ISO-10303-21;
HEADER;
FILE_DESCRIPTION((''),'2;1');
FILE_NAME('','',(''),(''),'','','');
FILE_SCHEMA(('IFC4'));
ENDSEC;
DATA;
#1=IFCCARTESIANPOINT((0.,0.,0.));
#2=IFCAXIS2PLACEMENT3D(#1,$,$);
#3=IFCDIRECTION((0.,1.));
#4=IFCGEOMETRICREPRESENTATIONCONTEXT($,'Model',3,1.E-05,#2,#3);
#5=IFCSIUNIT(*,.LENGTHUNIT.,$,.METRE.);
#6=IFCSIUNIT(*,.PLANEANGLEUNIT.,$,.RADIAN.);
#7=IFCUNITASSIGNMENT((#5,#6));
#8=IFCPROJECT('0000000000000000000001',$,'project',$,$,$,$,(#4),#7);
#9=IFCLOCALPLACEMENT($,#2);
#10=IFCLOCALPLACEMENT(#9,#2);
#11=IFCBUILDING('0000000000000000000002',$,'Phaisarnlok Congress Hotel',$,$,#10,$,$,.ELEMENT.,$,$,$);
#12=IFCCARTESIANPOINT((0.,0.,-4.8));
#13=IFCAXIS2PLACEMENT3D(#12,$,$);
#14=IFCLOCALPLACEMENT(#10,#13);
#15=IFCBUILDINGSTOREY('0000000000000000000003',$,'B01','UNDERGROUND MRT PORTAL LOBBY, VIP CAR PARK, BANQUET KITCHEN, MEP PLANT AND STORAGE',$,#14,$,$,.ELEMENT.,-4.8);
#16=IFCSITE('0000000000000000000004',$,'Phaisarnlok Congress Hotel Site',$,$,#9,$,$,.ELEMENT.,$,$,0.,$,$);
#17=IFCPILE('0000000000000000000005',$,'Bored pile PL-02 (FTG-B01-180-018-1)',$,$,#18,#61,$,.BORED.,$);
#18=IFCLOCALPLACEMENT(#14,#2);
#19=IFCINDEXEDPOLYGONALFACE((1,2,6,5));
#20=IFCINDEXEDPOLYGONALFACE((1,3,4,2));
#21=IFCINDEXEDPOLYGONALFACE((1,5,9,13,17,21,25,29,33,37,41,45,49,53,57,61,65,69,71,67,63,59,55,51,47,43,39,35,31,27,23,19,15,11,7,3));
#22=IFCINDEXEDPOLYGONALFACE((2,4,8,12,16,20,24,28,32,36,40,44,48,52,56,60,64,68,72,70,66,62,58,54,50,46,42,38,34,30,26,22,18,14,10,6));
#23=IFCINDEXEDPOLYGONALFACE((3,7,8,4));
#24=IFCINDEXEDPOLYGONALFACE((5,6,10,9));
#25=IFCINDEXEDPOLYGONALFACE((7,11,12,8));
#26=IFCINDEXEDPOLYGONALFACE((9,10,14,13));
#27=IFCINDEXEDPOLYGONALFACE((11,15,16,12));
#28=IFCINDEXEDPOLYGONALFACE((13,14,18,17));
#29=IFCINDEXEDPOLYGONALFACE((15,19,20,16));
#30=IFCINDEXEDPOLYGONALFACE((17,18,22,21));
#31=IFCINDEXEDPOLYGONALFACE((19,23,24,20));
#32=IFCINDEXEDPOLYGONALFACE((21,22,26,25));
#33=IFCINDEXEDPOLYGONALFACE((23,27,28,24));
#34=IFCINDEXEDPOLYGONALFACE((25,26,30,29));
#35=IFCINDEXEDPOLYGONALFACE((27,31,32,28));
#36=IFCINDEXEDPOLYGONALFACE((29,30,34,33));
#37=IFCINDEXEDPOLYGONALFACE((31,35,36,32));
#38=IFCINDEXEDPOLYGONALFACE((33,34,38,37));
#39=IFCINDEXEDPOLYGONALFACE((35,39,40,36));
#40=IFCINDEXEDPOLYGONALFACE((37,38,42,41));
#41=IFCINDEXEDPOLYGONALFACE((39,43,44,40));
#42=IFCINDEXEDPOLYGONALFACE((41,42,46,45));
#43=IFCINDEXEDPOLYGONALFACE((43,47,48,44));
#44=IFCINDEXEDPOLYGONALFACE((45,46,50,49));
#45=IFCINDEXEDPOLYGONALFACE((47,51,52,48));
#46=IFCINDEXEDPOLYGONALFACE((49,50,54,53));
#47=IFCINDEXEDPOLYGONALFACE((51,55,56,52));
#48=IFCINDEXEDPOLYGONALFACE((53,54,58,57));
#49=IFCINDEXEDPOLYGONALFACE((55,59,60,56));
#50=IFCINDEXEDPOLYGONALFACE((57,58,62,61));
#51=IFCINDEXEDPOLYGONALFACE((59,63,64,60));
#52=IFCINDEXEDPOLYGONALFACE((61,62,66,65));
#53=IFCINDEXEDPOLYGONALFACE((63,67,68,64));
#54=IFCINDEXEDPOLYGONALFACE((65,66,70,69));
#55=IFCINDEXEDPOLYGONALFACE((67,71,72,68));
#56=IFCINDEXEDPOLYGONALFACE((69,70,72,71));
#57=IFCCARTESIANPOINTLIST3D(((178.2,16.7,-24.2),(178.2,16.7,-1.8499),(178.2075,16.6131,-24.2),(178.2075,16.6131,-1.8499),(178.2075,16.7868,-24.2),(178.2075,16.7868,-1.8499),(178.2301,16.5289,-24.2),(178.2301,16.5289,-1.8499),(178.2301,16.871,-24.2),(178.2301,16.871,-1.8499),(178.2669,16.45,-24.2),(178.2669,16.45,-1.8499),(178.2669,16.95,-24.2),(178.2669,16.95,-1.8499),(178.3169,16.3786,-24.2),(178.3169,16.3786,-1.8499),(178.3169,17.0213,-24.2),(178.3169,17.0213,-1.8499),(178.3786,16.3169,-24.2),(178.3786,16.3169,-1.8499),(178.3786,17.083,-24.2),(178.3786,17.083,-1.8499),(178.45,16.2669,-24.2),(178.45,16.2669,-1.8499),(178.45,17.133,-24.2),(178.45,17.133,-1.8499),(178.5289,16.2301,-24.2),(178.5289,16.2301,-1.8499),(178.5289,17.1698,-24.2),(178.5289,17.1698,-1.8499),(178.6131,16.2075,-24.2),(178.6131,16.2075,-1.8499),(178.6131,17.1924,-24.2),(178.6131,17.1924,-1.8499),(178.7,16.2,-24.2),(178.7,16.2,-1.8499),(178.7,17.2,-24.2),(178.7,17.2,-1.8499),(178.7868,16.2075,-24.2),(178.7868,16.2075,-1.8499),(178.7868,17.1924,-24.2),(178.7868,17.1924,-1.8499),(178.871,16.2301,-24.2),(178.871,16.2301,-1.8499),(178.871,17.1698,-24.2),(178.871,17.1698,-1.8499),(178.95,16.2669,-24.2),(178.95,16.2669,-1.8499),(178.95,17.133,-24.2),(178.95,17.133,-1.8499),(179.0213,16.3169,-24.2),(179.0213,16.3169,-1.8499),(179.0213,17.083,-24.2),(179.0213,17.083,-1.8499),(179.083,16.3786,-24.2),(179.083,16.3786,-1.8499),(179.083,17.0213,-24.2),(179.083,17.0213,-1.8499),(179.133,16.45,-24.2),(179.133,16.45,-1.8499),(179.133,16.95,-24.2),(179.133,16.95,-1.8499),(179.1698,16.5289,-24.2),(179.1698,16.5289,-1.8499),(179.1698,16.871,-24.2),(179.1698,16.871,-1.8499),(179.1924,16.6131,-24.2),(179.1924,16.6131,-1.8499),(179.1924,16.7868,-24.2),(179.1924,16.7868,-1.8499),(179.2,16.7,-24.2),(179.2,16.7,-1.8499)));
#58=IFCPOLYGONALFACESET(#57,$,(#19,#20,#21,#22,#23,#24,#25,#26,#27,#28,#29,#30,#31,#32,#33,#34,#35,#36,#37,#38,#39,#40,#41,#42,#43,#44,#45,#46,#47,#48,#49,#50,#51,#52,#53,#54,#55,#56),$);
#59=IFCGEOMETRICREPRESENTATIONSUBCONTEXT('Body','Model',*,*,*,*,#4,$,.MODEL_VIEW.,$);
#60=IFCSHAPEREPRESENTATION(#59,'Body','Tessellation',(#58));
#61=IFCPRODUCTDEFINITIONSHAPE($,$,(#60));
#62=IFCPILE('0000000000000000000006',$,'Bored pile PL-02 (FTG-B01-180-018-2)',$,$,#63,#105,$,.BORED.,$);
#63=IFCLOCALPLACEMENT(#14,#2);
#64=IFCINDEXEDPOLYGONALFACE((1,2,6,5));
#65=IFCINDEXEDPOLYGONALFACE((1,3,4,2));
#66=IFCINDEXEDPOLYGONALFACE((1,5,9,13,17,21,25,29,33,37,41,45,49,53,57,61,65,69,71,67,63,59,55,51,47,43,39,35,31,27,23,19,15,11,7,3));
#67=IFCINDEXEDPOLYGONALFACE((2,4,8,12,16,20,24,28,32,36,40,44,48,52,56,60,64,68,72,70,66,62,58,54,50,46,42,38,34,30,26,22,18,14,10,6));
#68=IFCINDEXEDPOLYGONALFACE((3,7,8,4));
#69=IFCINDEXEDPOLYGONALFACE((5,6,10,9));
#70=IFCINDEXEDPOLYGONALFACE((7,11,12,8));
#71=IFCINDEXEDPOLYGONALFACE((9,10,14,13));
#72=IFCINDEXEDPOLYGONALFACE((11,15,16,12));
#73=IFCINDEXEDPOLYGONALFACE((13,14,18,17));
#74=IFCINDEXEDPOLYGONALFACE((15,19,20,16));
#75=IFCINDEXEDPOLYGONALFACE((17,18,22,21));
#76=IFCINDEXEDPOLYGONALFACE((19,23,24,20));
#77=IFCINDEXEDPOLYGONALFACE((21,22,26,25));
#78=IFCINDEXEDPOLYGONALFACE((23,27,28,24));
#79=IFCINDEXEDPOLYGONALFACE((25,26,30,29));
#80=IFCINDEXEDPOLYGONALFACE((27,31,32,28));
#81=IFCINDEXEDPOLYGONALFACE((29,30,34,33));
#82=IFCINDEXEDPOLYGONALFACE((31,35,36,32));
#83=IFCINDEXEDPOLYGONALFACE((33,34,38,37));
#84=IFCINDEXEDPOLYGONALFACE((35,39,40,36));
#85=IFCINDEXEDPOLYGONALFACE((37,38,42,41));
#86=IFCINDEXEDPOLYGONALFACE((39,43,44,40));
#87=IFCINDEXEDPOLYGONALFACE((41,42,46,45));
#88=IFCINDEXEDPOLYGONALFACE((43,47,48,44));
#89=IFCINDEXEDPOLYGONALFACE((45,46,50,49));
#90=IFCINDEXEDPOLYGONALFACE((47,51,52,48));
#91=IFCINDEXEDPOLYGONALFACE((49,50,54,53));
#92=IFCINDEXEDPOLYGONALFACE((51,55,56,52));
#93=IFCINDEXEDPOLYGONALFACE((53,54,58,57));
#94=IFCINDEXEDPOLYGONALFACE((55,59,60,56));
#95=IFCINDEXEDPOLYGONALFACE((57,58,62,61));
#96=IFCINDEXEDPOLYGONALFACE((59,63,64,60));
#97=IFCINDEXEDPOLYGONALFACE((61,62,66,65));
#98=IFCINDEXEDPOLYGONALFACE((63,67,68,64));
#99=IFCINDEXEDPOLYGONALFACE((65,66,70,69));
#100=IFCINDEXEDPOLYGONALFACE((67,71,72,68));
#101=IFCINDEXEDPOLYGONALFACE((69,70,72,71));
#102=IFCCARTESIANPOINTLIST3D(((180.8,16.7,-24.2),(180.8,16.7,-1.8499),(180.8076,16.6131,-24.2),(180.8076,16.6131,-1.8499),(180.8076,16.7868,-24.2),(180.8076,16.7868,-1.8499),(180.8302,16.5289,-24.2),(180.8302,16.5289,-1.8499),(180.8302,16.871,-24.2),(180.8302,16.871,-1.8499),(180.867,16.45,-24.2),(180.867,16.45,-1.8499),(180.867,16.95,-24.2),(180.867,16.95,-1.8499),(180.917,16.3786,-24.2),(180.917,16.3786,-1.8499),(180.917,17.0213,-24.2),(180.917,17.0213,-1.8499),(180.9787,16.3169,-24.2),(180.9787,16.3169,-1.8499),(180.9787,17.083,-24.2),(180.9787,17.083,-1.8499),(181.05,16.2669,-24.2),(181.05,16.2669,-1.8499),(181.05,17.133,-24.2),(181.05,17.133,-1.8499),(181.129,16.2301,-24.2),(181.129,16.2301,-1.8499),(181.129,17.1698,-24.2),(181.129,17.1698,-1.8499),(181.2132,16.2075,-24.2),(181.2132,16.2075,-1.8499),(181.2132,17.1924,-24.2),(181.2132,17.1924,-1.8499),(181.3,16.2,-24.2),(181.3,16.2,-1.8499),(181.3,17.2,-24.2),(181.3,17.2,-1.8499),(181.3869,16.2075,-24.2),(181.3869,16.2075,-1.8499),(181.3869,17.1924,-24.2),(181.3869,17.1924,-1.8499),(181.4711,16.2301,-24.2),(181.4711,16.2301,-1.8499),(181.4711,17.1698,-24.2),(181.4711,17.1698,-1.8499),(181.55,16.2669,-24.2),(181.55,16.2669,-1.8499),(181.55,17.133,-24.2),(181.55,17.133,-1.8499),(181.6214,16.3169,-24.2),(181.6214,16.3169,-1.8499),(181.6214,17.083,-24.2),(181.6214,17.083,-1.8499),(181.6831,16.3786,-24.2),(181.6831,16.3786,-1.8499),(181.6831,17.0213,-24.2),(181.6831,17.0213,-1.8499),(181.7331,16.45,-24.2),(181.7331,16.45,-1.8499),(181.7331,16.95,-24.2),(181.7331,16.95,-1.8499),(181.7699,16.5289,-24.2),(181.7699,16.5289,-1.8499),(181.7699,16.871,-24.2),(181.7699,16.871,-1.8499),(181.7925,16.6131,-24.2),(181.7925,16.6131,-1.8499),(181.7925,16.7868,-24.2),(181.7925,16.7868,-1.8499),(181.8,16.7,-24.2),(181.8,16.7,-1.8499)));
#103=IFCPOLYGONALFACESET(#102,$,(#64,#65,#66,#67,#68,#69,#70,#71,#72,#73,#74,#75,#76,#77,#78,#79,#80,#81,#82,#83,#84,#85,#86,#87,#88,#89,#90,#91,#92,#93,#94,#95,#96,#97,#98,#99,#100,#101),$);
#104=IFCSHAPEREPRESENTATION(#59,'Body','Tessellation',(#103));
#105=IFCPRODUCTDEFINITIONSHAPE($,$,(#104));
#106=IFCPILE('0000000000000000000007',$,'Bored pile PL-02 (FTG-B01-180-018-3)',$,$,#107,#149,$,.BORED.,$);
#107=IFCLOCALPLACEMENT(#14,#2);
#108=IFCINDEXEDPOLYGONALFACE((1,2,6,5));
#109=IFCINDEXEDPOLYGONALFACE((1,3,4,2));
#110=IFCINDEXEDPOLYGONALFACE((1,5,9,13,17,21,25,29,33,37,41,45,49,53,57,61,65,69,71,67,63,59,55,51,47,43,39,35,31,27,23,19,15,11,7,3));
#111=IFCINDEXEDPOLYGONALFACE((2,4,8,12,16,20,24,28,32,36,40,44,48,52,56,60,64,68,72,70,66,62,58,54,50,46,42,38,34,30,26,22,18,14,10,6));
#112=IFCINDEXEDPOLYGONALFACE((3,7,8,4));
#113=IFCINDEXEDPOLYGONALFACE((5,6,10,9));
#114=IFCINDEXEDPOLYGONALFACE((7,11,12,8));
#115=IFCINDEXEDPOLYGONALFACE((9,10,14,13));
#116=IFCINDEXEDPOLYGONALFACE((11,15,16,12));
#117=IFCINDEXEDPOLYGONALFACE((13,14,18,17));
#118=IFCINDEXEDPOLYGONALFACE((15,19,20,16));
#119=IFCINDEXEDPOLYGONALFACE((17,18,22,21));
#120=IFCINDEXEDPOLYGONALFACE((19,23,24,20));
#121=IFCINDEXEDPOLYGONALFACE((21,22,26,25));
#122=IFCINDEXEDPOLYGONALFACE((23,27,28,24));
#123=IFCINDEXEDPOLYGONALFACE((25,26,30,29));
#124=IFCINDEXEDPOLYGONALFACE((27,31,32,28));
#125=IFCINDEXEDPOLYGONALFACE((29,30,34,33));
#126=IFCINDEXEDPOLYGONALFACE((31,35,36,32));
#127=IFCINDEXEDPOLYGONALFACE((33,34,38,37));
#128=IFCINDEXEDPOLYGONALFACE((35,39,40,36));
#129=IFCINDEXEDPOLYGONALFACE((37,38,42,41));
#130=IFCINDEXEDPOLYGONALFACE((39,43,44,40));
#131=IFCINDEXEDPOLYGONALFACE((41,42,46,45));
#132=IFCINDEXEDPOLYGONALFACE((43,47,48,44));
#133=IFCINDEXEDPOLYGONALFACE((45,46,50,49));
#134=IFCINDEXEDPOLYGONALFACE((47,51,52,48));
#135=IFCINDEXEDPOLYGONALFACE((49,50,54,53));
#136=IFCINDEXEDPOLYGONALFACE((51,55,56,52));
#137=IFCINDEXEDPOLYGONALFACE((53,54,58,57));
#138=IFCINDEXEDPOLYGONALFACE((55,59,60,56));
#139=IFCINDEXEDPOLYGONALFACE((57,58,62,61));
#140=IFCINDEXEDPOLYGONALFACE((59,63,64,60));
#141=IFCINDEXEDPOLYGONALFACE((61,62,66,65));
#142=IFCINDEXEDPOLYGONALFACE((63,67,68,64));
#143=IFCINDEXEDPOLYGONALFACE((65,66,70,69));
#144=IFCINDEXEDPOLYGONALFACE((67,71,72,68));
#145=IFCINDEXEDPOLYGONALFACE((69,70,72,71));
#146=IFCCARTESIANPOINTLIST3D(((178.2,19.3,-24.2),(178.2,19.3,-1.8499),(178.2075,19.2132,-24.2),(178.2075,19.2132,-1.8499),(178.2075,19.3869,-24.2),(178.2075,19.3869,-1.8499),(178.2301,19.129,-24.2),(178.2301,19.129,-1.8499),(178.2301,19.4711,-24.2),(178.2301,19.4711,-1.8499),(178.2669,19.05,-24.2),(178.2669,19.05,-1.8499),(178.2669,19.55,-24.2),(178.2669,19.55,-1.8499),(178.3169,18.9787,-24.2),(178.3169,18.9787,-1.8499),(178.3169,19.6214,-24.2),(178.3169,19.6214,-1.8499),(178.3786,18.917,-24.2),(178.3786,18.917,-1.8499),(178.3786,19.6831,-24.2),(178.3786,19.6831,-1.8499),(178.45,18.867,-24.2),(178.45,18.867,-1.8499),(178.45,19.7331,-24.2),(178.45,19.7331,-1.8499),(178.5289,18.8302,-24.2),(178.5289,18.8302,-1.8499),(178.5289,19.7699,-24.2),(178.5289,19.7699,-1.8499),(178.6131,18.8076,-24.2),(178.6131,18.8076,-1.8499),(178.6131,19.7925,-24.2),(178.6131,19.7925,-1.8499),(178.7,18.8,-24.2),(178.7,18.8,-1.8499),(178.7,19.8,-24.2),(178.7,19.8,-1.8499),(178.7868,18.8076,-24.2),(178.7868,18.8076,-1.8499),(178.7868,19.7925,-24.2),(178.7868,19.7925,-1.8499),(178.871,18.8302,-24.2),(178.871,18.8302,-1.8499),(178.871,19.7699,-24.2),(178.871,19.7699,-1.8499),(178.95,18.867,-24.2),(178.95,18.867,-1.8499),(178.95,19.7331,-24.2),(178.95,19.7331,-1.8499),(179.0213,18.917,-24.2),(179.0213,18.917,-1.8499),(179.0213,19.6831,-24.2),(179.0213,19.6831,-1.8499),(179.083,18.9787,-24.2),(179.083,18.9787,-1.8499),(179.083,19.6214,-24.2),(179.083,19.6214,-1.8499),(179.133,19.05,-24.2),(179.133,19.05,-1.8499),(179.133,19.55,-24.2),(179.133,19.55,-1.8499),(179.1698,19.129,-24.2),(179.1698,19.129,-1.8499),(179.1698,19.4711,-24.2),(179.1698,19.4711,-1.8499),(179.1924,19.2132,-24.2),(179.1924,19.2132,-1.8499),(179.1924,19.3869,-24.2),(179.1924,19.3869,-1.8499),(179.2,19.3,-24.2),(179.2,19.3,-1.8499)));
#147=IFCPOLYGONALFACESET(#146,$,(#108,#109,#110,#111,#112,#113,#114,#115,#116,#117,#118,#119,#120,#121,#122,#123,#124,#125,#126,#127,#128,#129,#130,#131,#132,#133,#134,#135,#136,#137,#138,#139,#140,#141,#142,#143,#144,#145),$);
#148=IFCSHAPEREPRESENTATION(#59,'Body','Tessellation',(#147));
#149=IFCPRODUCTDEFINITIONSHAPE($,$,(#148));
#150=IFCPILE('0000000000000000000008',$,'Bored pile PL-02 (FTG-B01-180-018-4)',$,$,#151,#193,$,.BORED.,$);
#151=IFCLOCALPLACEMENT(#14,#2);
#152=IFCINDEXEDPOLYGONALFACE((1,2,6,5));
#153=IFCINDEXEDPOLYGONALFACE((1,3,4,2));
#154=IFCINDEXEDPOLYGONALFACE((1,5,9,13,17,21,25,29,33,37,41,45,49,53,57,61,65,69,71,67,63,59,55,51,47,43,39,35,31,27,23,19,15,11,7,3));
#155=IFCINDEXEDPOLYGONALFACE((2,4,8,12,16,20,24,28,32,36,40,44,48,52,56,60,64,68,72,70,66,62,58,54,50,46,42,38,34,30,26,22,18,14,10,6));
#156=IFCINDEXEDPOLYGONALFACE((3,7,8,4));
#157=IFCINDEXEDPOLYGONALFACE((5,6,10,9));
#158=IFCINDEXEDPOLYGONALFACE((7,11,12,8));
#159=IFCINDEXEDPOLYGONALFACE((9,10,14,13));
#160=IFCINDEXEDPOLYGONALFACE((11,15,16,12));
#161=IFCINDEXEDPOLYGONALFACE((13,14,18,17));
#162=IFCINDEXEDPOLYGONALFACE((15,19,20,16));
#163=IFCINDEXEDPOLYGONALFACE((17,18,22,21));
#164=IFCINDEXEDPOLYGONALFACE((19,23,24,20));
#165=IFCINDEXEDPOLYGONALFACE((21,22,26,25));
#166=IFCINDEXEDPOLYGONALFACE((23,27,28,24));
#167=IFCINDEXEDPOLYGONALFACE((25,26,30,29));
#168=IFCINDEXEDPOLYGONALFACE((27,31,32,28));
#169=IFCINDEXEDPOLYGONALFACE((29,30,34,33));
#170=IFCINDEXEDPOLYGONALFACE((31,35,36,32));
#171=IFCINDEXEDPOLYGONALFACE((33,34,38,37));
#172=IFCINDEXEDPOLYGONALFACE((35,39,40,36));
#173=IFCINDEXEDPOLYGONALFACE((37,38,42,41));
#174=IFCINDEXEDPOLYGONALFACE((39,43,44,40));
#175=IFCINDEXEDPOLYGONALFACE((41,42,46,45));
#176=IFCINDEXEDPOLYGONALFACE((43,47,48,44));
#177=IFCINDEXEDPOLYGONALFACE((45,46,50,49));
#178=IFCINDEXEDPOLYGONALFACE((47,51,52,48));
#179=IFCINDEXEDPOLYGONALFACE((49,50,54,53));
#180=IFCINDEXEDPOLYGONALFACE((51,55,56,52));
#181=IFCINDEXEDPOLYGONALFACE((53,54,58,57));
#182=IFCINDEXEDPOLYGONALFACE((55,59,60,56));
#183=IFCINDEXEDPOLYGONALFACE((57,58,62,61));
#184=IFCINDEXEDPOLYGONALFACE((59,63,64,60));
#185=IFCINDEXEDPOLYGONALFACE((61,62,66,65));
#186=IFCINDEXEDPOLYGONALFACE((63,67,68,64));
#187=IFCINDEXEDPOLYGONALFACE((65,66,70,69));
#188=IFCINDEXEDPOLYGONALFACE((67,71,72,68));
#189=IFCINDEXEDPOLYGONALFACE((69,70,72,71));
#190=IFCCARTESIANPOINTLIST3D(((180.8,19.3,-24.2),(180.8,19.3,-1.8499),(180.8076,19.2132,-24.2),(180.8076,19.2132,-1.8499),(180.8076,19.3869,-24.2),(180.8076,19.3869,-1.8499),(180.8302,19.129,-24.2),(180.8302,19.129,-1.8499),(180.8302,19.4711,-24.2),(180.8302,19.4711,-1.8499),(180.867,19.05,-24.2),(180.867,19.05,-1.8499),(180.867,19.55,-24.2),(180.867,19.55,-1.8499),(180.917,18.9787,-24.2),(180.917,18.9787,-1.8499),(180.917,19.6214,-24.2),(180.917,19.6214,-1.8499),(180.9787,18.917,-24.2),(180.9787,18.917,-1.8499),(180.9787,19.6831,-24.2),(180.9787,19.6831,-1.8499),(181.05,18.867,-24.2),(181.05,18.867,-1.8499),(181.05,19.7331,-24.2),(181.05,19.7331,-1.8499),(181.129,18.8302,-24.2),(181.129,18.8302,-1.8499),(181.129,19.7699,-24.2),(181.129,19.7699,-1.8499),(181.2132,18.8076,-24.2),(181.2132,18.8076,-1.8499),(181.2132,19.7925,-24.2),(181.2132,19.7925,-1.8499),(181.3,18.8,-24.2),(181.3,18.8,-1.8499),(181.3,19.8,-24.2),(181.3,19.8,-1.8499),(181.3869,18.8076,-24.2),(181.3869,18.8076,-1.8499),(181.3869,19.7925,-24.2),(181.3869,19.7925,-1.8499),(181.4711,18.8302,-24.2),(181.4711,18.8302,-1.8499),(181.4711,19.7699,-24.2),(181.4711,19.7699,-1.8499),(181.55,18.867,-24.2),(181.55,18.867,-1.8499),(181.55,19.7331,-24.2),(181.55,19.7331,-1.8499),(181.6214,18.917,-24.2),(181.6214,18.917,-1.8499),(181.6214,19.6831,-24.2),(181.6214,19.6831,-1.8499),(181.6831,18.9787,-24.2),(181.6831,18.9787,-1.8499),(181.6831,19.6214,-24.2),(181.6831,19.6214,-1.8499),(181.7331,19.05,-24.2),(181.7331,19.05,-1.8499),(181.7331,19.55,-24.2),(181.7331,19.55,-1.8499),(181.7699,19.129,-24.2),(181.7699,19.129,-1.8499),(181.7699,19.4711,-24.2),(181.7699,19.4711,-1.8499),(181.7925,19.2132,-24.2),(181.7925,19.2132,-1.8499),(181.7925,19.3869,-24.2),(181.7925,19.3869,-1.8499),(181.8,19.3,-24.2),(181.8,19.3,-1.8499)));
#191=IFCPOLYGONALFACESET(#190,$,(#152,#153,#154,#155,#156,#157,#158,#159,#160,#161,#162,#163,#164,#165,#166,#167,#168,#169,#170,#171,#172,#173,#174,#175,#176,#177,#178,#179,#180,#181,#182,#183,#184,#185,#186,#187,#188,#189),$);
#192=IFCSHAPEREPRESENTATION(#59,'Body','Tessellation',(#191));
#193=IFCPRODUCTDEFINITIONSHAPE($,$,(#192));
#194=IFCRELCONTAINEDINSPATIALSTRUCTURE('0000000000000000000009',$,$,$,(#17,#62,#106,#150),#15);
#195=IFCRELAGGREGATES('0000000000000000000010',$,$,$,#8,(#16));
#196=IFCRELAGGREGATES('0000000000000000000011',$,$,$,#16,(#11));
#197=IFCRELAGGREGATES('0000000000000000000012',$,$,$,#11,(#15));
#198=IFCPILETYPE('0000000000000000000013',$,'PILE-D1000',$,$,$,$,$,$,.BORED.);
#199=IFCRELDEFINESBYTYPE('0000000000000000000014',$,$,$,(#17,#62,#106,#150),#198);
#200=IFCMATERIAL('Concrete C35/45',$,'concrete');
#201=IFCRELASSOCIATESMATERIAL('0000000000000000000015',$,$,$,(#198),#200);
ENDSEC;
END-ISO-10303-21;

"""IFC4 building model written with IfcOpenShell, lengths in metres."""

from ifc_helpers import new_model, si_unit, direction, frame, origin, origin_2d, place, context, subcontext, project, spatial, circle, extrude, material, material_profile, profile_set, type_object, element, save


model = new_model("IFC4")

# Units and contexts
model_context = context("Model", 3, precision=1e-05, world=origin(), true_north=direction((0.0, 1.0)))
body_context = subcontext(model_context, "Body", "Model", "MODEL_VIEW")
ifc_project = project(units=[si_unit("LENGTHUNIT", "METRE"), si_unit("PLANEANGLEUNIT", "RADIAN")], contexts=[model_context])

# Site, building, storey
site_placement = place(None, origin())
site = spatial("IfcSite", under=ifc_project, at=site_placement, Name="Phaisarnlok Congress Hotel Site", CompositionType="ELEMENT", RefElevation=0.0)
building_placement = place(site_placement, origin())
building = spatial("IfcBuilding", under=site, at=building_placement, Name="Phaisarnlok Congress Hotel", CompositionType="ELEMENT")
storey_placement = place(building_placement, frame((0.0, 0.0, -4.8)))
storey = spatial("IfcBuildingStorey", under=building, at=storey_placement, Name="B01", Description="UNDERGROUND MRT PORTAL LOBBY, VIP CAR PARK, BANQUET KITCHEN, MEP PLANT AND STORAGE", CompositionType="ELEMENT", Elevation=-4.8)

# Piles
ifc_material_1 = material(Name="Concrete C35/45", Category="concrete")
ifc_material_profile_1 = material_profile(ifc_material_1, circle(Radius=0.5, at=origin_2d()), Name="BORED PILE D1000")
ifc_profile_set_1 = profile_set([ifc_material_profile_1], Name="Concrete C35/45")
pile_type_1 = type_object("IfcPileType", Name="PILE-D1000", PredefinedType="BORED", material=ifc_profile_set_1)
for number, where, z_axis, x_axis, name in (
    (1, (178.7, 16.7, -1.8499), (0.0, 0.0, -1.0), (1.0, 0.0, 0.0), "Bored pile PL-02 (FTG-B01-180-018-1)"),
    (2, (181.3, 16.7, -1.8499), (0.0, 0.0, -1.0), (1.0, 0.0, 0.0), "Bored pile PL-02 (FTG-B01-180-018-2)"),
    (3, (178.7, 19.3, -1.8499), (0.0, 0.0, -1.0), (1.0, 0.0, 0.0), "Bored pile PL-02 (FTG-B01-180-018-3)"),
    (4, (181.3, 19.3, -1.8499), (0.0, 0.0, -1.0), (1.0, 0.0, 0.0), "Bored pile PL-02 (FTG-B01-180-018-4)"),
):
    element("IfcPile", number, at=place(storey_placement, frame(where, z_axis=z_axis, x_axis=x_axis)), inside=storey, type_object=pile_type_1, Name=name, PredefinedType="BORED", context=body_context, shape_type="SweptSolid", body=[
        extrude(circle(Radius=0.5, at=origin_2d()), origin(), (0.0, 0.0, 1.0), 22.3501),
    ])

save(model, "model.ifc")
